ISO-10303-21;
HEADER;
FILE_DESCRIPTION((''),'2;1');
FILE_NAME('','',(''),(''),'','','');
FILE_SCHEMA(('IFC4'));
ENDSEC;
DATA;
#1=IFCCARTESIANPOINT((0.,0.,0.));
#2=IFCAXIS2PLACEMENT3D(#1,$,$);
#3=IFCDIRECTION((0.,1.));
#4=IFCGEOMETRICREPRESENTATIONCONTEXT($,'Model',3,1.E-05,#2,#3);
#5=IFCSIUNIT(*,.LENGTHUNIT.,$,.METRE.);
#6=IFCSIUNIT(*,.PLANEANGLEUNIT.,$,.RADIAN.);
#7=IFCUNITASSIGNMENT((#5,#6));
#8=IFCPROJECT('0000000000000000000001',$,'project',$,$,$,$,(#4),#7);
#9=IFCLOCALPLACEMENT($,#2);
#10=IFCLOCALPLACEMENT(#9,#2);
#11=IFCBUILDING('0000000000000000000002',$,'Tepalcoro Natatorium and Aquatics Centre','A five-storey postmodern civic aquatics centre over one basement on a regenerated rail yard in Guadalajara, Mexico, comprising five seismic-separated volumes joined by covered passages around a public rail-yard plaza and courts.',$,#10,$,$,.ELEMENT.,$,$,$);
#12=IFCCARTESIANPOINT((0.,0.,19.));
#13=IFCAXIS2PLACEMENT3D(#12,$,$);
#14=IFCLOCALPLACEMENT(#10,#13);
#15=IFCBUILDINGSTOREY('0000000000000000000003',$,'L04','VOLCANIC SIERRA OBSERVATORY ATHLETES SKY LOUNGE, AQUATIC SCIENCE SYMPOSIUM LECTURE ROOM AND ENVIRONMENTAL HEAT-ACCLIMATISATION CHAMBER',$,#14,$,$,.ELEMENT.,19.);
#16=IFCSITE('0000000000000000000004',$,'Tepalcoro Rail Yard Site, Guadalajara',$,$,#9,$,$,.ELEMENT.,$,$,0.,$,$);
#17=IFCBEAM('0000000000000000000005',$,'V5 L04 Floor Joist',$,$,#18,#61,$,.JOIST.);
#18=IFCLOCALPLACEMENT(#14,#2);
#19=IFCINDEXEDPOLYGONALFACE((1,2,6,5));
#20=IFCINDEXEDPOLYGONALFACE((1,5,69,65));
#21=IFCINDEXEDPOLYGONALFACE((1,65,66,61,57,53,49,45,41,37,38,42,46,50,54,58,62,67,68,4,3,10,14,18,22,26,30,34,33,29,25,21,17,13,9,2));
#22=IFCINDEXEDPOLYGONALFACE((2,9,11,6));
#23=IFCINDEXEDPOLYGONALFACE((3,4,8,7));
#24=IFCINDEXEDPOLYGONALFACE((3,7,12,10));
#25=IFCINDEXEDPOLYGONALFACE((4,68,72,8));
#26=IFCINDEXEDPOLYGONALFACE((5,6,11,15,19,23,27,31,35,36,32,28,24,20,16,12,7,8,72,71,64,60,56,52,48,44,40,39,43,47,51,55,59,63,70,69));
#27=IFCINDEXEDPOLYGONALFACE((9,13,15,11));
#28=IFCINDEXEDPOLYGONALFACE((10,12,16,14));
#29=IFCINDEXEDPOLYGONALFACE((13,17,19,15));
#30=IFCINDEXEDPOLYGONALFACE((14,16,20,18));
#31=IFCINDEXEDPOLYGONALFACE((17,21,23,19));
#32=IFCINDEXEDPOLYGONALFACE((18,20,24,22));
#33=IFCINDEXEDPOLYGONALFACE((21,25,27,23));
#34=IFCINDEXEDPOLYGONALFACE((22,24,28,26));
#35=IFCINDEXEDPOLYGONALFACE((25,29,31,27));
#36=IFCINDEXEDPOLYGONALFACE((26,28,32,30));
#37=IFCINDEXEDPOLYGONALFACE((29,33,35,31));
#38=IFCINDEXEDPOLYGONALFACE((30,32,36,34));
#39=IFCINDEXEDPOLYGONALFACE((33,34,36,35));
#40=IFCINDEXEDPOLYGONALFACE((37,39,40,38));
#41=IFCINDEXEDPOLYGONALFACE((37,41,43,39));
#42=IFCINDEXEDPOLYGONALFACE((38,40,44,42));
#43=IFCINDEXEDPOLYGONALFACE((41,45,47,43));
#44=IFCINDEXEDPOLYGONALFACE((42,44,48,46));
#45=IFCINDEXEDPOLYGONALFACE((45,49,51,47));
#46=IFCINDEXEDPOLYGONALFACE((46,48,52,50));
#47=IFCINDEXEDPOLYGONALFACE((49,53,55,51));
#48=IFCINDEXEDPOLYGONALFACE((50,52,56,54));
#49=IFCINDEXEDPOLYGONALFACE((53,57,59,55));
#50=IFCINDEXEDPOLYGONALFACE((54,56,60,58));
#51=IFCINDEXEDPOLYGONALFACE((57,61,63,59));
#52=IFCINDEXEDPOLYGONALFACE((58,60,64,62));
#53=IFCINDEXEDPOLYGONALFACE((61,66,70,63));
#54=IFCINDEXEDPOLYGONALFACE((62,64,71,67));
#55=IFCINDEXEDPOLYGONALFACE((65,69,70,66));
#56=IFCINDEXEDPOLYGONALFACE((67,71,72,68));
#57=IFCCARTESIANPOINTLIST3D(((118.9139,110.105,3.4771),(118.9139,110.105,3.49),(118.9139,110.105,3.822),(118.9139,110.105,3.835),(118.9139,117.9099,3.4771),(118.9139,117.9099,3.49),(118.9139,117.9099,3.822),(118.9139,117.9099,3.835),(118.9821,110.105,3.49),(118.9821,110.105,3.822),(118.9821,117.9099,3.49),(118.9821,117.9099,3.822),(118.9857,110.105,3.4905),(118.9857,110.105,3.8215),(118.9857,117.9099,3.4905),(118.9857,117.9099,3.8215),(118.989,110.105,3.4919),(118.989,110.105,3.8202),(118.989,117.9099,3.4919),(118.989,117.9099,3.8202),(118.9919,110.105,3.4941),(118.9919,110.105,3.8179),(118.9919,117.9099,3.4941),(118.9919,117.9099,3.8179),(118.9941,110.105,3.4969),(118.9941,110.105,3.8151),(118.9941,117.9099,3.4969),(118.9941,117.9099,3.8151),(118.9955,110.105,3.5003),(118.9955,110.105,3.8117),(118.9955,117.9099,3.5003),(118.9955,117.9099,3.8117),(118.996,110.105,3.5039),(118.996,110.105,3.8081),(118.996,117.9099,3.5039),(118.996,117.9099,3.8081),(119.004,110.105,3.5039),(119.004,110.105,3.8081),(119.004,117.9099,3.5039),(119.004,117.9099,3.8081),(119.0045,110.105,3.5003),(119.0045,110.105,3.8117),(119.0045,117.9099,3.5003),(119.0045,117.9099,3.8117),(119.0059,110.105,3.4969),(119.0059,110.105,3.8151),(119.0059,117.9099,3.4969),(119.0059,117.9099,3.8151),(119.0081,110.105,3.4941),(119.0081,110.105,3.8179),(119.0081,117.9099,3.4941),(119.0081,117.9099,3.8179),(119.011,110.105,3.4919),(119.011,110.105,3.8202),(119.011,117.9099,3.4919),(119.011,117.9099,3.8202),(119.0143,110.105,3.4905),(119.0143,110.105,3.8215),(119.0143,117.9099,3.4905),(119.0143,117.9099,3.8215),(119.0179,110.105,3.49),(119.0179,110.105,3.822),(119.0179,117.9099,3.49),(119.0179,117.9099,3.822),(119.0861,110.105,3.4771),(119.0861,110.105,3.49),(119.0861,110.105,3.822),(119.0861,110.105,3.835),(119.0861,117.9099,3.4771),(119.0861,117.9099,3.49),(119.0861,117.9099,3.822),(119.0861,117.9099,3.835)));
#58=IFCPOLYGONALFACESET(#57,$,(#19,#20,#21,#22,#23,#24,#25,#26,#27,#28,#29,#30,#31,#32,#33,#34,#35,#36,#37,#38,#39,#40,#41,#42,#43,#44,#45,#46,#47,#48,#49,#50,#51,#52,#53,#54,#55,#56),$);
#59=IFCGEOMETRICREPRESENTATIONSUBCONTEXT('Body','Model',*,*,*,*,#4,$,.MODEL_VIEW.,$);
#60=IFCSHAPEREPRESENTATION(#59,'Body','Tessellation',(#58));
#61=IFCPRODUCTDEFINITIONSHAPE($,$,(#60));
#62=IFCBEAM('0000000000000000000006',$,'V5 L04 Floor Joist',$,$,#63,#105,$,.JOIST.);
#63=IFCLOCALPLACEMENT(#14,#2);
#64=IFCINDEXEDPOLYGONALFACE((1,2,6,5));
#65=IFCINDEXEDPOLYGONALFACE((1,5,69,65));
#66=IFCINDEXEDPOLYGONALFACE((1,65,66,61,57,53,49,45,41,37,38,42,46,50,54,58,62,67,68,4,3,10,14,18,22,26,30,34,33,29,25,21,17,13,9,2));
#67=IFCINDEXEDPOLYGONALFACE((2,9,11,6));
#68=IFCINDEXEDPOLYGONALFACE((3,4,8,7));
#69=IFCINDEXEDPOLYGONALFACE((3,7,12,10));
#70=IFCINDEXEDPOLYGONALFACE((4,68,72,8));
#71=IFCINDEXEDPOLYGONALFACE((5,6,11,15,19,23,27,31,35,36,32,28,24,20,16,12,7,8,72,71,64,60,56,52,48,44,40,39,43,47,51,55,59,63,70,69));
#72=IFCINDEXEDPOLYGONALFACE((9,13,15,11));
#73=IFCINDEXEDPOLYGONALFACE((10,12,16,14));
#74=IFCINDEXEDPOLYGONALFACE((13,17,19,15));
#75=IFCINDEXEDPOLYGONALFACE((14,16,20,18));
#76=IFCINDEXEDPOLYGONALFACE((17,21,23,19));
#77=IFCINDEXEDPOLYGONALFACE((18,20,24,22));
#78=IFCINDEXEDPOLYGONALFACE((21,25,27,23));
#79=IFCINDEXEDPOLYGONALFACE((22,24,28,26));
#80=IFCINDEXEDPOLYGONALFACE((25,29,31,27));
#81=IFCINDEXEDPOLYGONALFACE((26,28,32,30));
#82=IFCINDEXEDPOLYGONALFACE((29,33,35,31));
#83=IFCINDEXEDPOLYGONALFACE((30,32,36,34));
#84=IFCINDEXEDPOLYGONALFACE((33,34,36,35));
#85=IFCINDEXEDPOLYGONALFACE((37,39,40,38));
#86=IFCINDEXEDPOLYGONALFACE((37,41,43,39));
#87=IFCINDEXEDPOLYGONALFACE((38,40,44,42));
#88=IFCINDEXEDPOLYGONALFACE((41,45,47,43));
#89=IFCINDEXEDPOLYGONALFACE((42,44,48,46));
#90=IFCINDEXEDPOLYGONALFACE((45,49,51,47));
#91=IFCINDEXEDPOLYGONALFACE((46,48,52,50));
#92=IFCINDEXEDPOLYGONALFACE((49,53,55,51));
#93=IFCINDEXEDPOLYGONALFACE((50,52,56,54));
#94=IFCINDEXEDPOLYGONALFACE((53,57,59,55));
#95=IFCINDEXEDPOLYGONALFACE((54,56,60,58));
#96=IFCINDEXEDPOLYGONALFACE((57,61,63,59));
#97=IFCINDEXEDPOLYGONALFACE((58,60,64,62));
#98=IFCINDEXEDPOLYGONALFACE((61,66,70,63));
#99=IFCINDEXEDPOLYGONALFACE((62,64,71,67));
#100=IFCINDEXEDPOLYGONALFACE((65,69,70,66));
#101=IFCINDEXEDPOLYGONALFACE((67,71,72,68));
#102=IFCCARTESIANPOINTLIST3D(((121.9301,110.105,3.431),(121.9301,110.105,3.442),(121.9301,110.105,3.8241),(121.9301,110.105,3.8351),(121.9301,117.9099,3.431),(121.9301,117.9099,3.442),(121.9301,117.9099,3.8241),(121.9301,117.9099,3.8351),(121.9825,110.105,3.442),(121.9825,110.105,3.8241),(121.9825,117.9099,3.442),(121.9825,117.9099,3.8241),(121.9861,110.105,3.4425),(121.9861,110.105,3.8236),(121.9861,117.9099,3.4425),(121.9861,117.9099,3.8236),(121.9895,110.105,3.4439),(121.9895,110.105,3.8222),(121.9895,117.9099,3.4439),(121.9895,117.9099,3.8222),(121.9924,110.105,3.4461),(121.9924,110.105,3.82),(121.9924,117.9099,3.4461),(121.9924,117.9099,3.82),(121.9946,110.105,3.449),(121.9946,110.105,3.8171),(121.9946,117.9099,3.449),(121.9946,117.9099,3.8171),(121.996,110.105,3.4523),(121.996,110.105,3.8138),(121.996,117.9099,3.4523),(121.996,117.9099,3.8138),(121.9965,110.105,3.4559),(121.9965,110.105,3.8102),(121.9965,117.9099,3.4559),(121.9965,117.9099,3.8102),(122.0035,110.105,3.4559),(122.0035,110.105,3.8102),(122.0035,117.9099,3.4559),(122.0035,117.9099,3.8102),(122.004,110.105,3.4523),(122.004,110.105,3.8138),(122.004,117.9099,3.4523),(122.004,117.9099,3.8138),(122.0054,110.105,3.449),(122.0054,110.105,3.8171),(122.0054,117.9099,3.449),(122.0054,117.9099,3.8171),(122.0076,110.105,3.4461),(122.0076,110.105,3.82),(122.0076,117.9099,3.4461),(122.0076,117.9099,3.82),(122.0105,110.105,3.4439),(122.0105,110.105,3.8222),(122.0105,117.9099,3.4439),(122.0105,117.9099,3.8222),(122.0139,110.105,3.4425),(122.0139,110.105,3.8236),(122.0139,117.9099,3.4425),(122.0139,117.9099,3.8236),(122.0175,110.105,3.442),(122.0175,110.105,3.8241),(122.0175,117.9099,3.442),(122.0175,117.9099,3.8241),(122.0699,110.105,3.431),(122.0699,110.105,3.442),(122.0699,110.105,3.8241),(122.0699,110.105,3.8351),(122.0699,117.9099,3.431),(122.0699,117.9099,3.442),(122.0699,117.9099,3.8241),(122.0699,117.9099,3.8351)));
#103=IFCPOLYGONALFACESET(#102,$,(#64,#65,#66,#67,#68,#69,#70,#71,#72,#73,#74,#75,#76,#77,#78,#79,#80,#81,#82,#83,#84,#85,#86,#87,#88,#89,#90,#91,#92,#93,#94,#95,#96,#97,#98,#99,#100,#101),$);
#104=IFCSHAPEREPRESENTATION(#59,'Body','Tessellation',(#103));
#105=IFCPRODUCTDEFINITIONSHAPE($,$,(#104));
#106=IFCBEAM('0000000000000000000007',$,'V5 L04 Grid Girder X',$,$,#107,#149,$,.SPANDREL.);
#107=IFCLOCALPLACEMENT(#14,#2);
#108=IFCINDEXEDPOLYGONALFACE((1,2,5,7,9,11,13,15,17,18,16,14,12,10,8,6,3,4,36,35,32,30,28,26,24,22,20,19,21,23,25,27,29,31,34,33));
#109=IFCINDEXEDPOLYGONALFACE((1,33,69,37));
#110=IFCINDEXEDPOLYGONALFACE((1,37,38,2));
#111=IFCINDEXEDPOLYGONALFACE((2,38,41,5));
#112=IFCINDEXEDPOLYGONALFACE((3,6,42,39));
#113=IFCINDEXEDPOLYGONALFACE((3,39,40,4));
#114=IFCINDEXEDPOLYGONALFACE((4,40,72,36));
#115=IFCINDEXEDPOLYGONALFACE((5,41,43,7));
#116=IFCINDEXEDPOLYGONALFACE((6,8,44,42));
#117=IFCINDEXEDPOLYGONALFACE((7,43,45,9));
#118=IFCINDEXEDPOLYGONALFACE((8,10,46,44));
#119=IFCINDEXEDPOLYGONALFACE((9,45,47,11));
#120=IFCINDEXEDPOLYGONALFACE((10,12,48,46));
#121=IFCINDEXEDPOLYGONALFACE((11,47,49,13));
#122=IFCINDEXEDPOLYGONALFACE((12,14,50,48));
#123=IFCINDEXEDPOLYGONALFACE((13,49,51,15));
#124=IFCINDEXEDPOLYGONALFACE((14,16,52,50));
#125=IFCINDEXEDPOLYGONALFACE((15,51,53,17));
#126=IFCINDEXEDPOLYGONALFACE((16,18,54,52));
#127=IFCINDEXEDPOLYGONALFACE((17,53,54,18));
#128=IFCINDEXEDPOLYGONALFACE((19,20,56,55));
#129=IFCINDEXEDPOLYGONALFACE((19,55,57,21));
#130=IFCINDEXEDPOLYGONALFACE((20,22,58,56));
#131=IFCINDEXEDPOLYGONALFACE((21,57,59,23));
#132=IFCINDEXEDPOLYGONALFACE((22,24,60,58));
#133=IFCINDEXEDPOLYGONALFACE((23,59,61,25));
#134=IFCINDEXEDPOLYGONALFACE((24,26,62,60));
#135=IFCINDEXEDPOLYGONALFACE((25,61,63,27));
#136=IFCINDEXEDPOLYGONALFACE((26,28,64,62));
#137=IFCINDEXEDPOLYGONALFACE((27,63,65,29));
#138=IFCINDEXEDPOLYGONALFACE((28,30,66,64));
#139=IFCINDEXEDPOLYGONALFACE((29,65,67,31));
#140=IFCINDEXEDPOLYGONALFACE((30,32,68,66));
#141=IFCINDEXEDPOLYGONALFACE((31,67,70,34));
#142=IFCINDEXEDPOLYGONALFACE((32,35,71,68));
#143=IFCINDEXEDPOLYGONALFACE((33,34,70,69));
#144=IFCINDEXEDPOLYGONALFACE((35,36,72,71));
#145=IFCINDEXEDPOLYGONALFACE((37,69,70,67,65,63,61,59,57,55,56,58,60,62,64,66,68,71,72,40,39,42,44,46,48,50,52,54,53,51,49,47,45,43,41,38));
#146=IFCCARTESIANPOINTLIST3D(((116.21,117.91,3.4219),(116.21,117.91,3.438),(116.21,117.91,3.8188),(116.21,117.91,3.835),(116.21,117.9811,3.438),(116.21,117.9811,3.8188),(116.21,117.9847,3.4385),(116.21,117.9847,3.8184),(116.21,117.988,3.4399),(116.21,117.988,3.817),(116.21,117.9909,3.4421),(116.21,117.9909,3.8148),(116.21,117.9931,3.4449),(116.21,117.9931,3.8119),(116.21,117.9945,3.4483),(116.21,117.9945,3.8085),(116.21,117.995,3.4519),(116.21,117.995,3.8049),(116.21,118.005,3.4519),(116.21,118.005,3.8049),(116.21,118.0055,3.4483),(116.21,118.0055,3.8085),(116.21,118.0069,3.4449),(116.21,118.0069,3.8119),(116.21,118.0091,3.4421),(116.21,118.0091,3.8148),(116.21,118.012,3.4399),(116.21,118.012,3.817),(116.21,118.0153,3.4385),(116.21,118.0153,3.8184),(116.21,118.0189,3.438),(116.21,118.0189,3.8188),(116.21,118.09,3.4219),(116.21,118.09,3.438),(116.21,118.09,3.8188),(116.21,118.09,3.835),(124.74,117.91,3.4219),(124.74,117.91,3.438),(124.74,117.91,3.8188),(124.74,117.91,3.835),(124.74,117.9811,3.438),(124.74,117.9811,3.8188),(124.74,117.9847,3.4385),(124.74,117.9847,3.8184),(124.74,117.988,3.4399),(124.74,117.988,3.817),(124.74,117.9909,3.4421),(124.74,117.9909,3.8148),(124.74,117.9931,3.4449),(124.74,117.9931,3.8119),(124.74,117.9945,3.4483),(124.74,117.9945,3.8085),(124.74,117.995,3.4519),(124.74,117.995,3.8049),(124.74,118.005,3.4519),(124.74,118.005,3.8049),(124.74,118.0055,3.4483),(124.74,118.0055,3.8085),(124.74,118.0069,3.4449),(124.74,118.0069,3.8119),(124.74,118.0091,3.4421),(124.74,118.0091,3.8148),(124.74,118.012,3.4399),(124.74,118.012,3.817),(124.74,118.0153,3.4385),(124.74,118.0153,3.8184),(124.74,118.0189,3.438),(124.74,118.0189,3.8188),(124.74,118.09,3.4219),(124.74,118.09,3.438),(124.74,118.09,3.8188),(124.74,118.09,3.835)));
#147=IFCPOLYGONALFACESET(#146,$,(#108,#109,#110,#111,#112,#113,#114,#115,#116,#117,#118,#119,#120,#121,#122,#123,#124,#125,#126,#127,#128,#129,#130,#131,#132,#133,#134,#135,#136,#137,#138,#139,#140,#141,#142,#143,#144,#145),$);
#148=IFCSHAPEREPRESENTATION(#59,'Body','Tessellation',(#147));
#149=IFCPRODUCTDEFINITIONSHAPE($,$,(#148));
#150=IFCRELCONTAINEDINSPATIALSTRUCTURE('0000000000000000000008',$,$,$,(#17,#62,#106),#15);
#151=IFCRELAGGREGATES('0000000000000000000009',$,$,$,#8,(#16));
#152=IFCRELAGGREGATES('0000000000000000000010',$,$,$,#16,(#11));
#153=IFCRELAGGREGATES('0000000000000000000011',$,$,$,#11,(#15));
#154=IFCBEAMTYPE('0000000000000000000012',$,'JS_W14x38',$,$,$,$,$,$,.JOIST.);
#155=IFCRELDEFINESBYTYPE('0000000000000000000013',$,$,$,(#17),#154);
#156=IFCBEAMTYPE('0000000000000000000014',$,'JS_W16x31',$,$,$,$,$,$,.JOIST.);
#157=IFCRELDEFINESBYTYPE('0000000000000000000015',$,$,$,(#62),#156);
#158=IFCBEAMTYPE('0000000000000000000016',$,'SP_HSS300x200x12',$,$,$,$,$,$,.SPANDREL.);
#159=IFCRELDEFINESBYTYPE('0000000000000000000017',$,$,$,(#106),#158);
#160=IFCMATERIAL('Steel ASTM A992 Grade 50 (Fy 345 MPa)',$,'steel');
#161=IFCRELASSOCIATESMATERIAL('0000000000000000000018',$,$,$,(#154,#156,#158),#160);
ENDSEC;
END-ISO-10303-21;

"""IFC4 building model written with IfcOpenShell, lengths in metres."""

from ifc_helpers import new_model, si_unit, direction, frame, origin, origin_2d, place, context, subcontext, project, spatial, i_section, extrude, material, material_profile, profile_set, type_object, element, save


model = new_model("IFC4")

# Units and contexts
model_context = context("Model", 3, precision=1e-05, world=origin(), true_north=direction((0.0, 1.0)))
body_context = subcontext(model_context, "Body", "Model", "MODEL_VIEW")
ifc_project = project(units=[si_unit("LENGTHUNIT", "METRE"), si_unit("PLANEANGLEUNIT", "RADIAN")], contexts=[model_context])

# Site, building, storey
site_placement = place(None, origin())
site = spatial("IfcSite", under=ifc_project, at=site_placement, Name="Tepalcoro Rail Yard Site, Guadalajara", CompositionType="ELEMENT", RefElevation=0.0)
building_placement = place(site_placement, origin())
building = spatial("IfcBuilding", under=site, at=building_placement, Name="Tepalcoro Natatorium and Aquatics Centre", Description="A five-storey postmodern civic aquatics centre over one basement on a regenerated rail yard in Guadalajara, Mexico, comprising five seismic-separated volumes joined by covered passages around a public rail-yard plaza and courts.", CompositionType="ELEMENT")
storey_placement = place(building_placement, frame((0.0, 0.0, 19.0)))
storey = spatial("IfcBuildingStorey", under=building, at=storey_placement, Name="L04", Description="VOLCANIC SIERRA OBSERVATORY ATHLETES SKY LOUNGE, AQUATIC SCIENCE SYMPOSIUM LECTURE ROOM AND ENVIRONMENTAL HEAT-ACCLIMATISATION CHAMBER", CompositionType="ELEMENT", Elevation=19.0)

# Shared definitions
ifc_material_1 = material(Name="Steel ASTM A992 Grade 50 (Fy 345 MPa)", Category="steel")

# Beams
ifc_material_profile_1 = material_profile(ifc_material_1, i_section(OverallWidth=0.1721, OverallDepth=0.3579, WebThickness=0.0081, FlangeThickness=0.0129, FilletRadius=0.0139, at=origin_2d()), Name="W14X38")
ifc_profile_set_1 = profile_set([ifc_material_profile_1], Name="Steel ASTM A992 Grade 50 (Fy 345 MPa)")
beam_type_1 = type_object("IfcBeamType", Name="JS_W14x38", PredefinedType="JOIST", material=ifc_profile_set_1)
beam_1_placement = place(storey_placement, frame((119.0, 110.105, 3.656), z_axis=(0.0, 1.0, 0.0), x_axis=(-1.0, 0.0, 0.0)))
element("IfcBeam", 1, at=beam_1_placement, inside=storey, type_object=beam_type_1, Name="V5 L04 Floor Joist", PredefinedType="JOIST", context=body_context, shape_type="SweptSolid", body=[
    extrude(i_section(OverallWidth=0.1721, OverallDepth=0.3579, WebThickness=0.0081, FlangeThickness=0.0129, FilletRadius=0.0139, at=origin_2d()), origin(), (0.0, 0.0, 1.0), 7.8049),
])
ifc_material_profile_2 = material_profile(ifc_material_1, i_section(OverallWidth=0.1399, OverallDepth=0.4041, WebThickness=0.0071, FlangeThickness=0.011, FilletRadius=0.0139, at=origin_2d()), Name="W16X31")
ifc_profile_set_2 = profile_set([ifc_material_profile_2], Name="Steel ASTM A992 Grade 50 (Fy 345 MPa)")
beam_type_2 = type_object("IfcBeamType", Name="JS_W16x31", PredefinedType="JOIST", material=ifc_profile_set_2)
beam_2_placement = place(storey_placement, frame((122.0, 110.105, 3.6331), z_axis=(0.0, 1.0, 0.0), x_axis=(-1.0, 0.0, 0.0)))
element("IfcBeam", 2, at=beam_2_placement, inside=storey, type_object=beam_type_2, Name="V5 L04 Floor Joist", PredefinedType="JOIST", context=body_context, shape_type="SweptSolid", body=[
    extrude(i_section(OverallWidth=0.1399, OverallDepth=0.4041, WebThickness=0.0071, FlangeThickness=0.011, FilletRadius=0.0139, at=origin_2d()), origin(), (0.0, 0.0, 1.0), 7.8049),
])
ifc_material_profile_3 = material_profile(ifc_material_1, i_section(OverallWidth=0.1799, OverallDepth=0.4131, WebThickness=0.01, FlangeThickness=0.0161, FilletRadius=0.0139, at=origin_2d()), Name="W16X50")
ifc_profile_set_3 = profile_set([ifc_material_profile_3], Name="Steel ASTM A992 Grade 50 (Fy 345 MPa)")
beam_type_3 = type_object("IfcBeamType", Name="SP_HSS300x200x12", PredefinedType="SPANDREL", material=ifc_profile_set_3)
beam_3_placement = place(storey_placement, frame((116.21, 118.0, 3.6284), z_axis=(1.0, 0.0, 0.0), x_axis=(0.0, 1.0, 0.0)))
element("IfcBeam", 3, at=beam_3_placement, inside=storey, type_object=beam_type_3, Name="V5 L04 Grid Girder X", PredefinedType="SPANDREL", context=body_context, shape_type="SweptSolid", body=[
    extrude(i_section(OverallWidth=0.1799, OverallDepth=0.4131, WebThickness=0.01, FlangeThickness=0.0161, FilletRadius=0.0139, at=origin_2d()), origin(), (0.0, 0.0, 1.0), 8.53),
])

save(model, "model.ifc")
